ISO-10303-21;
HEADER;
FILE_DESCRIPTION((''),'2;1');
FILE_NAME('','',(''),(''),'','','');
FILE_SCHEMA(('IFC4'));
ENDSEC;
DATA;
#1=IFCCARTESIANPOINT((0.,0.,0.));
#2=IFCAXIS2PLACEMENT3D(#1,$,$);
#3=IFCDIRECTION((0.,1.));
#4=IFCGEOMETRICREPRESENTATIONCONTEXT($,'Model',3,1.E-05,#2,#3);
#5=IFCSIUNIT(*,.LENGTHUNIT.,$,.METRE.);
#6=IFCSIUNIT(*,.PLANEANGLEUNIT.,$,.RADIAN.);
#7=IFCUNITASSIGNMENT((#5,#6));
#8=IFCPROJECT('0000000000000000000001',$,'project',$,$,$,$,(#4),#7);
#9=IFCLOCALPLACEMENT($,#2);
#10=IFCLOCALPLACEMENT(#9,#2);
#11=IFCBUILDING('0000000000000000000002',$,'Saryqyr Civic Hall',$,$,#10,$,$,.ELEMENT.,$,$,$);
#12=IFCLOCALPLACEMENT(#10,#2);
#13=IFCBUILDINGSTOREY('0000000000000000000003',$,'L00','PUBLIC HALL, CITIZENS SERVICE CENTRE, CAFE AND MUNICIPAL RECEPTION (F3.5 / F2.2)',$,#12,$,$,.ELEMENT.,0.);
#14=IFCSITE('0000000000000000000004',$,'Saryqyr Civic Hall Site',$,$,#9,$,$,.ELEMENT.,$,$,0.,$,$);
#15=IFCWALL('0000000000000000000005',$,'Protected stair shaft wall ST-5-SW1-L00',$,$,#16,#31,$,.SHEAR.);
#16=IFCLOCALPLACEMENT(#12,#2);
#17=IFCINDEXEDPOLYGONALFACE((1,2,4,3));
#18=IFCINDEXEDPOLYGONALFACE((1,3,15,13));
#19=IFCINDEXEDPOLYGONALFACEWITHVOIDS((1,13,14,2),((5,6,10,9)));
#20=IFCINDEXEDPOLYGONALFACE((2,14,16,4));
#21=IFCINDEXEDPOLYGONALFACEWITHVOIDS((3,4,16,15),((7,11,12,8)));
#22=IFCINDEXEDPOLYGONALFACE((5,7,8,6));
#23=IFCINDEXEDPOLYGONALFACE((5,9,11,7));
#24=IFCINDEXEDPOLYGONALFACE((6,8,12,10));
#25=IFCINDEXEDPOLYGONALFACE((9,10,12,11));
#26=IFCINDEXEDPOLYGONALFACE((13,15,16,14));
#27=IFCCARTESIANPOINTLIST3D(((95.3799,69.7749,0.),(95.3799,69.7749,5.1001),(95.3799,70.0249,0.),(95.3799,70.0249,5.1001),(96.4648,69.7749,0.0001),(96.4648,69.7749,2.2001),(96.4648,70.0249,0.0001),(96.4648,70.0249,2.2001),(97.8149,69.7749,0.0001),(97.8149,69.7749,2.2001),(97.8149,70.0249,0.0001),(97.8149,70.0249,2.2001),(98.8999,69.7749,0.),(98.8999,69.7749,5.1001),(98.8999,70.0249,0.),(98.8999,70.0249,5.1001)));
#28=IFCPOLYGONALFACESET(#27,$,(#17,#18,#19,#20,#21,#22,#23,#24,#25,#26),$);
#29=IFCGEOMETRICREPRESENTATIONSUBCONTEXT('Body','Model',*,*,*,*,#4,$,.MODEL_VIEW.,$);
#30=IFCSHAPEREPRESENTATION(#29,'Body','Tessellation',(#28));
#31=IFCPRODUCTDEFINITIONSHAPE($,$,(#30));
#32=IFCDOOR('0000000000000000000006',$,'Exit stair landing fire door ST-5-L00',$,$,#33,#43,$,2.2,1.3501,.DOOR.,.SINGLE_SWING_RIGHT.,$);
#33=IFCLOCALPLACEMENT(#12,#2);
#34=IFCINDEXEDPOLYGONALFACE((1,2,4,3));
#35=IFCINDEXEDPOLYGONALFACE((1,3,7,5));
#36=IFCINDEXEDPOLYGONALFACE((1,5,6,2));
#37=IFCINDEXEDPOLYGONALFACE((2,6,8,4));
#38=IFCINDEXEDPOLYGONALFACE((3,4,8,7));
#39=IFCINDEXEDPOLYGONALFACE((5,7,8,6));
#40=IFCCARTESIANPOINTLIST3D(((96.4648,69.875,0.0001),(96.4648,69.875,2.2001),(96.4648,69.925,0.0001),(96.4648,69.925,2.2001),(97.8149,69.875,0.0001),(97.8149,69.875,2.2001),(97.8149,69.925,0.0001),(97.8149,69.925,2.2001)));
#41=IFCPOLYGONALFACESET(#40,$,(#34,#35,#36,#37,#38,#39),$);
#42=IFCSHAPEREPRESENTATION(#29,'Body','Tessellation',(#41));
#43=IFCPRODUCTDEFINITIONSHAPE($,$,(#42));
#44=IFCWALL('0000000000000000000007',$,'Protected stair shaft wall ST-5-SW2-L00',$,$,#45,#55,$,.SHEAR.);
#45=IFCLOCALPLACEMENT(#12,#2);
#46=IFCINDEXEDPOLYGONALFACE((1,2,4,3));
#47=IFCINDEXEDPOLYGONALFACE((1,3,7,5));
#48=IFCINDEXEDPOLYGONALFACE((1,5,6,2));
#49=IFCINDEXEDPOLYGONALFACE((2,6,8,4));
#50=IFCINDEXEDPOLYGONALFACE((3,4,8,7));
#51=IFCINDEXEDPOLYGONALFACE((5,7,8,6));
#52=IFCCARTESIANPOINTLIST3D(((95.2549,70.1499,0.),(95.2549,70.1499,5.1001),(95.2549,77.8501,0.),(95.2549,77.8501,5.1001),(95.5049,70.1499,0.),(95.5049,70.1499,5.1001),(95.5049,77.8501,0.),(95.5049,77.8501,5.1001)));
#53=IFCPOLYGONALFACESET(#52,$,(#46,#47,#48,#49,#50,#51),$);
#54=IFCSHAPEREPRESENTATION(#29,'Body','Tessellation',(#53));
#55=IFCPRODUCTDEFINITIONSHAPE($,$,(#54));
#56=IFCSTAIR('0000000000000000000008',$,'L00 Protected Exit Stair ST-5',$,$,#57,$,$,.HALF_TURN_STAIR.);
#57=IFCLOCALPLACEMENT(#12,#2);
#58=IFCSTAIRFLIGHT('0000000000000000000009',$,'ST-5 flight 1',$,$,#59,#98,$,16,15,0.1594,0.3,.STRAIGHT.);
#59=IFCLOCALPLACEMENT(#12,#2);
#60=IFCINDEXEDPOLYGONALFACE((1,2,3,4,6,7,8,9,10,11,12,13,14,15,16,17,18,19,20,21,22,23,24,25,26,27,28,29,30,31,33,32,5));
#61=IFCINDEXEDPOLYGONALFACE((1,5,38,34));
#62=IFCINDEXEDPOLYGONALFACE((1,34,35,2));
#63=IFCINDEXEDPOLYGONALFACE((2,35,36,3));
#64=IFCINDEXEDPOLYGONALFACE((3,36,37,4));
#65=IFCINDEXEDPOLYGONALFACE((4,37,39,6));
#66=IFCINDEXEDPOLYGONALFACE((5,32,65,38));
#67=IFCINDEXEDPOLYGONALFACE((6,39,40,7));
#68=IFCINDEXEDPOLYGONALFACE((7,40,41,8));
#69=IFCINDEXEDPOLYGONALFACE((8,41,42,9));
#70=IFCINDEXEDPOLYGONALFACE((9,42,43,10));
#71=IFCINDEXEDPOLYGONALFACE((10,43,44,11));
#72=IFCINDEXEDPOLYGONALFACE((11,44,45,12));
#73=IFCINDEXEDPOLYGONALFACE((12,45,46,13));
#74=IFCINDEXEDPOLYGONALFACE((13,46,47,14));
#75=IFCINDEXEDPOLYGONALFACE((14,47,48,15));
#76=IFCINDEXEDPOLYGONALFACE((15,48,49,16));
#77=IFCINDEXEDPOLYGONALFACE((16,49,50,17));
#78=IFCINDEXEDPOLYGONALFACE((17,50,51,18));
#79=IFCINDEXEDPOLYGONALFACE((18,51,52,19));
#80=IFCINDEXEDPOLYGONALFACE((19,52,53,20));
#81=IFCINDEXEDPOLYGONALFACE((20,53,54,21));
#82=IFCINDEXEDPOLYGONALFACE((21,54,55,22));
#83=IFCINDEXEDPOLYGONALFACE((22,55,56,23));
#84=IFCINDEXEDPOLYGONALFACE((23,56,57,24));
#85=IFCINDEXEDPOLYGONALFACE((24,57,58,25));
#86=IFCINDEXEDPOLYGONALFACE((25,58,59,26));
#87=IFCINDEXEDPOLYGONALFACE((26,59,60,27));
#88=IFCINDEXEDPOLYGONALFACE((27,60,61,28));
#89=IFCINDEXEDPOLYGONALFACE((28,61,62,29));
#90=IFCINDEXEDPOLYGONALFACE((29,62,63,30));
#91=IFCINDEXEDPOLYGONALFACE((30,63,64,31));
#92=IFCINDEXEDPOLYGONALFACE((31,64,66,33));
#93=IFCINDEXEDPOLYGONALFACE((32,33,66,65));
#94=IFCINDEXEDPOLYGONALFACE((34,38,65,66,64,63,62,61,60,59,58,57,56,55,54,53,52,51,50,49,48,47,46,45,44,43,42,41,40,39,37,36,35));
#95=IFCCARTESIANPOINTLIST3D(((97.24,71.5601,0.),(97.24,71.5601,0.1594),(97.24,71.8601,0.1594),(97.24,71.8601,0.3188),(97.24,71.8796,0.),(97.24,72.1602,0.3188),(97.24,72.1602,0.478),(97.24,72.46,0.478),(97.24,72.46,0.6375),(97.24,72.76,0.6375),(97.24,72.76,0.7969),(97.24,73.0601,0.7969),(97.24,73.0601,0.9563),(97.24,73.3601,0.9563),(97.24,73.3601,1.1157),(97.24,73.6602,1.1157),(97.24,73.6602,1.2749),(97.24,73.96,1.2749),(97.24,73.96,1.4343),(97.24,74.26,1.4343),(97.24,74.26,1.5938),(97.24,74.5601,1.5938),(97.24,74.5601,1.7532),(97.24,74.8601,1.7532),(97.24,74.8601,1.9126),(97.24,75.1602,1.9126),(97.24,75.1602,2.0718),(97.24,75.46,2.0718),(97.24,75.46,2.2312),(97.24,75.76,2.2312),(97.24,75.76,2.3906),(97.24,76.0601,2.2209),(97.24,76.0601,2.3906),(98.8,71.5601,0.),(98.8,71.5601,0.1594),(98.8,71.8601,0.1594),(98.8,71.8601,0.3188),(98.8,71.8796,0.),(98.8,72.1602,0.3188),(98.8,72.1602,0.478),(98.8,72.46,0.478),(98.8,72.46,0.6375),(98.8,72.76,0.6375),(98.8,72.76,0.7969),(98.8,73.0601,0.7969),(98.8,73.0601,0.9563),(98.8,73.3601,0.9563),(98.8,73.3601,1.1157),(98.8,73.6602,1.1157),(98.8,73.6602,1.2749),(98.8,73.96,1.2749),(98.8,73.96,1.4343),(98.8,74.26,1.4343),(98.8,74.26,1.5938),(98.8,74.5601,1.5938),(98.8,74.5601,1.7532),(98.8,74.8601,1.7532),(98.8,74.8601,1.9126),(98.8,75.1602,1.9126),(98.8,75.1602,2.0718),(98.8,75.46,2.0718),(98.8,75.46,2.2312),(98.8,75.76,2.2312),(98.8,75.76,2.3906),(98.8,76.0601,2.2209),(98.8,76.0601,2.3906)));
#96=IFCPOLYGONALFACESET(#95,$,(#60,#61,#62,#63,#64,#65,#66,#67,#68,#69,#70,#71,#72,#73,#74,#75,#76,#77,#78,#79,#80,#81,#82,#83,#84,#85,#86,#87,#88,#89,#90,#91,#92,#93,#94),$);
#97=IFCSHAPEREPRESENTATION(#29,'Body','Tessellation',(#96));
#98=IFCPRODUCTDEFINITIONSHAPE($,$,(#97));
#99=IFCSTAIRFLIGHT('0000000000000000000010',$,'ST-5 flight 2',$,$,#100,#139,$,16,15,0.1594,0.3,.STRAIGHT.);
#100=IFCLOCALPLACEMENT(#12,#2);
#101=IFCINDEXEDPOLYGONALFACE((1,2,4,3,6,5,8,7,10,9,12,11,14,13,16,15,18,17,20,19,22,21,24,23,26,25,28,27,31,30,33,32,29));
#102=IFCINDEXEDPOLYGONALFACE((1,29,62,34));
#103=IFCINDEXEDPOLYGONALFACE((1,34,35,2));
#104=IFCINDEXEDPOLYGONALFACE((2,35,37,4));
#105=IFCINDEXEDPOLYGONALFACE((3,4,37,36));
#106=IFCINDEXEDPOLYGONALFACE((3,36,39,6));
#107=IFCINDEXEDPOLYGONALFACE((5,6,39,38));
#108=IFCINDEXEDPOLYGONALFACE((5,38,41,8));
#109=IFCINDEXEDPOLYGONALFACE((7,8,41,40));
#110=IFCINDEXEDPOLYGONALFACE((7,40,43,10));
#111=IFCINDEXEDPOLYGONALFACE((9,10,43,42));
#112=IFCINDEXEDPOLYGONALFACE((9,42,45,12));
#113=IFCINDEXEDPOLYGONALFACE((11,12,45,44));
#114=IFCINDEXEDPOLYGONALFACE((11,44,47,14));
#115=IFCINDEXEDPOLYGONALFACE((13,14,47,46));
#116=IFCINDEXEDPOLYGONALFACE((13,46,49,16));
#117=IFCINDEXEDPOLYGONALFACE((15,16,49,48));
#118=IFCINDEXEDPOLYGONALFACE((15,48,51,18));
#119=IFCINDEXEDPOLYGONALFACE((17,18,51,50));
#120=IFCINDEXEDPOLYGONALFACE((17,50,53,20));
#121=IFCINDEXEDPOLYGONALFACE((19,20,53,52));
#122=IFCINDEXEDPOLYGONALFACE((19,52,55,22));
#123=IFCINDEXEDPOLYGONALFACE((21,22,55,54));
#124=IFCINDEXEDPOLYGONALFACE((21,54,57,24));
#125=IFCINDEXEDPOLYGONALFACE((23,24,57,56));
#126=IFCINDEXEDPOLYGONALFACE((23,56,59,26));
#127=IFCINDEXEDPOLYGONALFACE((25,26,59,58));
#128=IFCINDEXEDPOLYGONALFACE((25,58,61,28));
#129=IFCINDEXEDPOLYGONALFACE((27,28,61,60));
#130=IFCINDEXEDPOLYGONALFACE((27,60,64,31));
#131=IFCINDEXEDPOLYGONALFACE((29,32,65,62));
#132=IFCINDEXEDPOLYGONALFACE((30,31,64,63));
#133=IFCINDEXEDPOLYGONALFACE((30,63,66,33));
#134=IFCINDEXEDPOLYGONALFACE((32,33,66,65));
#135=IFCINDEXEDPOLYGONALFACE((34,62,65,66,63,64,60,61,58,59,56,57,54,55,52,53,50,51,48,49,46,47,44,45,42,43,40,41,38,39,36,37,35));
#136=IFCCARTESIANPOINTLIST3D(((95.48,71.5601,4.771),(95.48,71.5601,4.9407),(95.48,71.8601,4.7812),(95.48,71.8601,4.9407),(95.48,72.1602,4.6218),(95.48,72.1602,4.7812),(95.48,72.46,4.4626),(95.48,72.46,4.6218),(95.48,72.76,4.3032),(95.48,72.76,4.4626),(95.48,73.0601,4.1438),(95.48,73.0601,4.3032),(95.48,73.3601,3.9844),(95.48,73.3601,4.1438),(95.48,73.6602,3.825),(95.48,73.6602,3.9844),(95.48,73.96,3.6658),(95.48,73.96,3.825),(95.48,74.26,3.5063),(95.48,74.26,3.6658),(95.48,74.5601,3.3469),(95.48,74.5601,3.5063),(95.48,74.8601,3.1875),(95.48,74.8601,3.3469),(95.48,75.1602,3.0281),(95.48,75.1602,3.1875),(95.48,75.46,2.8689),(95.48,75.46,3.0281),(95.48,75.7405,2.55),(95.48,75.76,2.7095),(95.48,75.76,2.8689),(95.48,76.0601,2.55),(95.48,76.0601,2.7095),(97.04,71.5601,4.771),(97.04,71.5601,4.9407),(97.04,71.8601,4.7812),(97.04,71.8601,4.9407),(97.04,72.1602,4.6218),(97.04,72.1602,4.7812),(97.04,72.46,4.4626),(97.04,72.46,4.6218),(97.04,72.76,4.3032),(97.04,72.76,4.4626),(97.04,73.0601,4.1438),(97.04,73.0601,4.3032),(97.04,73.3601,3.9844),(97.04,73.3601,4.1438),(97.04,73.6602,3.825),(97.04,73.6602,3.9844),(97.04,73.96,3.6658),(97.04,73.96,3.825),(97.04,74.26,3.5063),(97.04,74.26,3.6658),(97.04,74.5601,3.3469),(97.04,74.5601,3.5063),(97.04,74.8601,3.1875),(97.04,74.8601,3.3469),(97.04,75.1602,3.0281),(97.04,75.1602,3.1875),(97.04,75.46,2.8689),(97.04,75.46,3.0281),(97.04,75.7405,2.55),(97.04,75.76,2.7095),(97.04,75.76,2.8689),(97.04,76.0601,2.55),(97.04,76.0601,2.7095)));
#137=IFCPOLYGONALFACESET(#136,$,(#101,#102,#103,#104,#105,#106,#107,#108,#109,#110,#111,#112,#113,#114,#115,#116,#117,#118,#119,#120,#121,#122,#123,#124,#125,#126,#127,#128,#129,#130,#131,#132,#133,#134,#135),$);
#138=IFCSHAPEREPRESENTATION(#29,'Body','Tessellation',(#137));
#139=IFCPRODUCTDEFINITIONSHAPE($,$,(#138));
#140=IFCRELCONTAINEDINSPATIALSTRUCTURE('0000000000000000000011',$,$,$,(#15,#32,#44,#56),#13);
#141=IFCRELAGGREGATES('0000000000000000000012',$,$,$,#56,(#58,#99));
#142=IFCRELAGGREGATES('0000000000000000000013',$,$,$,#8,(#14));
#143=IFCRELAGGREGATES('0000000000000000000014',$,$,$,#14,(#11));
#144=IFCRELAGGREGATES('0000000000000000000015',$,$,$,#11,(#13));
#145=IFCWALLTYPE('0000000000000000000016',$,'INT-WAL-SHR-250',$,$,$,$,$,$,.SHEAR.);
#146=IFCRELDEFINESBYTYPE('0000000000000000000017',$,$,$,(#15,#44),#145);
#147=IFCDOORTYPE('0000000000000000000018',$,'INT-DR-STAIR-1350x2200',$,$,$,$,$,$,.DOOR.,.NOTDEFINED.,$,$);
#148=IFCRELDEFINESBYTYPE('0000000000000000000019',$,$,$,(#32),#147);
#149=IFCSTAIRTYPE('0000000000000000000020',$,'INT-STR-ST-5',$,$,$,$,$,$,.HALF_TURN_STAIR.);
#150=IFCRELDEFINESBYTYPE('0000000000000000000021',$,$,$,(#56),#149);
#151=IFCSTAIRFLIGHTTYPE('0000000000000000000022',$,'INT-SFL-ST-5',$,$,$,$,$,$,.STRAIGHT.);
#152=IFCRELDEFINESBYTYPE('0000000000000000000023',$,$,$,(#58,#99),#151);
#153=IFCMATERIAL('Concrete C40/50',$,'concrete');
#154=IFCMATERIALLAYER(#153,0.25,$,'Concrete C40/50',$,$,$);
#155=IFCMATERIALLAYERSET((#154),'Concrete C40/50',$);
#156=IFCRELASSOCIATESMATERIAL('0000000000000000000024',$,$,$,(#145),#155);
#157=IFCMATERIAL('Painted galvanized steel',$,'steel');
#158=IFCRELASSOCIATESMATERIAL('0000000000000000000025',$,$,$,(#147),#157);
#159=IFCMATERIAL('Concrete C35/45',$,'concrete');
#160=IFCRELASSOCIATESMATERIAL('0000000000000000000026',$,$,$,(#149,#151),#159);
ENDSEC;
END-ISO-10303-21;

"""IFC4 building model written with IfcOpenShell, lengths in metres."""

from ifc_helpers import new_model, si_unit, direction, frame, frame_2d, origin, place, context, subcontext, project, spatial, polyline, rectangle, outline, extrude, material, layer, layer_set, type_object, element, fill, aggregate, save


model = new_model("IFC4")

# Units and contexts
model_context = context("Model", 3, precision=1e-05, world=origin(), true_north=direction((0.0, 1.0)))
body_context = subcontext(model_context, "Body", "Model", "MODEL_VIEW")
ifc_project = project(units=[si_unit("LENGTHUNIT", "METRE"), si_unit("PLANEANGLEUNIT", "RADIAN")], contexts=[model_context])

# Site, building, storey
site_placement = place(None, origin())
site = spatial("IfcSite", under=ifc_project, at=site_placement, Name="Saryqyr Civic Hall Site", CompositionType="ELEMENT", RefElevation=0.0)
building_placement = place(site_placement, origin())
building = spatial("IfcBuilding", under=site, at=building_placement, Name="Saryqyr Civic Hall", CompositionType="ELEMENT")
storey_placement = place(building_placement, origin())
storey = spatial("IfcBuildingStorey", under=building, at=storey_placement, Name="L00", Description="PUBLIC HALL, CITIZENS SERVICE CENTRE, CAFE AND MUNICIPAL RECEPTION (F3.5 / F2.2)", CompositionType="ELEMENT", Elevation=0.0)

# Shared definitions
ifc_material_1 = material(Name="Concrete C40/50", Category="concrete")

# Wall, opening, door
ifc_layer_1 = layer(ifc_material_1, 0.25, Name="Concrete C40/50")
ifc_layer_set_1 = layer_set([ifc_layer_1], Name="Concrete C40/50")
wall_type_1 = type_object("IfcWallType", Name="INT-WAL-SHR-250", PredefinedType="SHEAR", material=ifc_layer_set_1)
wall_1_placement = place(storey_placement, frame((98.8999, 69.8999, 0.0), z_axis=(0.0, 0.0, 1.0), x_axis=(-1.0, 0.0, 0.0)))
wall_1 = element("IfcWall", 1, at=wall_1_placement, inside=storey, type_object=wall_type_1, Name="Protected stair shaft wall ST-5-SW1-L00", PredefinedType="SHEAR", context=body_context, shape_type="SweptSolid", body=[
    extrude(rectangle(XDim=3.52, YDim=0.25, at=frame_2d((1.76, 0.0))), origin(), (0.0, 0.0, 1.0), 5.1001),
])
opening_1_placement = place(wall_1_placement, frame((1.085, 0.0, 0.0)))
opening_1 = element("IfcOpeningElement", 2, at=opening_1_placement, cuts=wall_1, PredefinedType="OPENING", context=body_context, shape_type="SweptSolid", body=[
    extrude(rectangle(XDim=1.3501, YDim=2.2, at=frame_2d((0.675, 1.1001))), frame((0.0, 0.135, 0.0), z_axis=(0.0, -1.0, 0.0), x_axis=(1.0, 0.0, 0.0)), (0.0, 0.0, 1.0), 0.27),
])
ifc_material_2 = material(Name="Painted galvanized steel", Category="steel")
door_type_1 = type_object("IfcDoorType", Name="INT-DR-STAIR-1350x2200", OperationType="NOTDEFINED", PredefinedType="DOOR", material=ifc_material_2)
door_1_placement = place(opening_1_placement, origin())
door_1 = element("IfcDoor", 3, at=door_1_placement, inside=storey, type_object=door_type_1, Name="Exit stair landing fire door ST-5-L00", OperationType="SINGLE_SWING_RIGHT", OverallHeight=2.2, OverallWidth=1.3501, PredefinedType="DOOR", context=body_context, shape_type="SweptSolid", body=[
    extrude(rectangle(XDim=1.3501, YDim=2.2, at=frame_2d((0.675, 1.1001))), frame((0.0, 0.0249, 0.0), z_axis=(0.0, -1.0, 0.0), x_axis=(1.0, 0.0, 0.0)), (0.0, 0.0, 1.0), 0.05),
])
fill(opening_1, door_1)

# Wall
wall_2_placement = place(storey_placement, frame((95.3799, 70.1499, 0.0), z_axis=(0.0, 0.0, 1.0), x_axis=(0.0, 1.0, 0.0)))
element("IfcWall", 4, at=wall_2_placement, inside=storey, type_object=wall_type_1, Name="Protected stair shaft wall ST-5-SW2-L00", PredefinedType="SHEAR", context=body_context, shape_type="SweptSolid", body=[
    extrude(rectangle(XDim=7.7002, YDim=0.25, at=frame_2d((3.8501, 0.0))), origin(), (0.0, 0.0, 1.0), 5.1001),
])

# Stair, stair flights
ifc_material_3 = material(Name="Concrete C35/45", Category="concrete")
stair_type = type_object("IfcStairType", Name="INT-STR-ST-5", PredefinedType="HALF_TURN_STAIR", material=ifc_material_3)
stair_placement = place(storey_placement, origin())
stair = element("IfcStair", 5, at=stair_placement, inside=storey, type_object=stair_type, Name="L00 Protected Exit Stair ST-5", PredefinedType="HALF_TURN_STAIR")
stair_flight_type = type_object("IfcStairFlightType", Name="INT-SFL-ST-5", PredefinedType="STRAIGHT", material=ifc_material_3)
stair_flight_1_placement = place(storey_placement, frame((98.02, 71.5601, 0.0), z_axis=(0.0, 0.0, 1.0), x_axis=(0.0, 1.0, 0.0)))
stair_flight_1 = element("IfcStairFlight", 6, at=stair_flight_1_placement, type_object=stair_flight_type, Name="ST-5 flight 1", NumberOfRisers=16, NumberOfTreads=15, PredefinedType="STRAIGHT", RiserHeight=0.1594, TreadLength=0.3, context=body_context, shape_type="SweptSolid", body=[
    extrude(outline(polyline([(0.0, 0.0), (0.0, 0.1594), (0.3, 0.1594), (0.3, 0.3188), (0.6001, 0.3188), (0.6001, 0.478), (0.8999, 0.478), (0.8999, 0.6375), (1.2, 0.6375), (1.2, 0.7969), (1.5, 0.7969), (1.5, 0.9563), (1.8, 0.9563), (1.8, 1.1157), (2.1001, 1.1157), (2.1001, 1.2749), (2.3999, 1.2749), (2.3999, 1.4343), (2.7, 1.4343), (2.7, 1.5938), (3.0, 1.5938), (3.0, 1.7532), (3.3, 1.7532), (3.3, 1.9126), (3.6001, 1.9126), (3.6001, 2.0718), (3.8999, 2.0718), (3.8999, 2.2312), (4.2, 2.2312), (4.2, 2.3906), (4.5, 2.3906), (4.5, 2.55), (4.5, 2.2209), (0.3196, 0.0), (0.0, 0.0)])), frame((0.0, 0.78, 0.0), z_axis=(0.0, -1.0, 0.0), x_axis=(1.0, 0.0, 0.0)), (0.0, 0.0, 1.0), 1.5601),
])
stair_flight_2_placement = place(storey_placement, frame((96.26, 76.0601, 2.55), z_axis=(0.0, 0.0, 1.0), x_axis=(0.0, -1.0, 0.0)))
stair_flight_2 = element("IfcStairFlight", 7, at=stair_flight_2_placement, type_object=stair_flight_type, Name="ST-5 flight 2", NumberOfRisers=16, NumberOfTreads=15, PredefinedType="STRAIGHT", RiserHeight=0.1594, TreadLength=0.3, context=body_context, shape_type="SweptSolid", body=[
    extrude(outline(polyline([(0.0, 0.0), (0.0, 0.1594), (0.3, 0.1594), (0.3, 0.3188), (0.6001, 0.3188), (0.6001, 0.478), (0.8999, 0.478), (0.8999, 0.6375), (1.2, 0.6375), (1.2, 0.7969), (1.5, 0.7969), (1.5, 0.9563), (1.8, 0.9563), (1.8, 1.1157), (2.1001, 1.1157), (2.1001, 1.2749), (2.3999, 1.2749), (2.3999, 1.4343), (2.7, 1.4343), (2.7, 1.5938), (3.0, 1.5938), (3.0, 1.7532), (3.3, 1.7532), (3.3, 1.9126), (3.6001, 1.9126), (3.6001, 2.0718), (3.8999, 2.0718), (3.8999, 2.2312), (4.2, 2.2312), (4.2, 2.3906), (4.5, 2.3906), (4.5, 2.55), (4.5, 2.2209), (0.3196, 0.0), (0.0, 0.0)])), frame((0.0, 0.78, 0.0), z_axis=(0.0, -1.0, 0.0), x_axis=(1.0, 0.0, 0.0)), (0.0, 0.0, 1.0), 1.5601),
])
aggregate(stair, [stair_flight_1, stair_flight_2])

save(model, "model.ifc")
